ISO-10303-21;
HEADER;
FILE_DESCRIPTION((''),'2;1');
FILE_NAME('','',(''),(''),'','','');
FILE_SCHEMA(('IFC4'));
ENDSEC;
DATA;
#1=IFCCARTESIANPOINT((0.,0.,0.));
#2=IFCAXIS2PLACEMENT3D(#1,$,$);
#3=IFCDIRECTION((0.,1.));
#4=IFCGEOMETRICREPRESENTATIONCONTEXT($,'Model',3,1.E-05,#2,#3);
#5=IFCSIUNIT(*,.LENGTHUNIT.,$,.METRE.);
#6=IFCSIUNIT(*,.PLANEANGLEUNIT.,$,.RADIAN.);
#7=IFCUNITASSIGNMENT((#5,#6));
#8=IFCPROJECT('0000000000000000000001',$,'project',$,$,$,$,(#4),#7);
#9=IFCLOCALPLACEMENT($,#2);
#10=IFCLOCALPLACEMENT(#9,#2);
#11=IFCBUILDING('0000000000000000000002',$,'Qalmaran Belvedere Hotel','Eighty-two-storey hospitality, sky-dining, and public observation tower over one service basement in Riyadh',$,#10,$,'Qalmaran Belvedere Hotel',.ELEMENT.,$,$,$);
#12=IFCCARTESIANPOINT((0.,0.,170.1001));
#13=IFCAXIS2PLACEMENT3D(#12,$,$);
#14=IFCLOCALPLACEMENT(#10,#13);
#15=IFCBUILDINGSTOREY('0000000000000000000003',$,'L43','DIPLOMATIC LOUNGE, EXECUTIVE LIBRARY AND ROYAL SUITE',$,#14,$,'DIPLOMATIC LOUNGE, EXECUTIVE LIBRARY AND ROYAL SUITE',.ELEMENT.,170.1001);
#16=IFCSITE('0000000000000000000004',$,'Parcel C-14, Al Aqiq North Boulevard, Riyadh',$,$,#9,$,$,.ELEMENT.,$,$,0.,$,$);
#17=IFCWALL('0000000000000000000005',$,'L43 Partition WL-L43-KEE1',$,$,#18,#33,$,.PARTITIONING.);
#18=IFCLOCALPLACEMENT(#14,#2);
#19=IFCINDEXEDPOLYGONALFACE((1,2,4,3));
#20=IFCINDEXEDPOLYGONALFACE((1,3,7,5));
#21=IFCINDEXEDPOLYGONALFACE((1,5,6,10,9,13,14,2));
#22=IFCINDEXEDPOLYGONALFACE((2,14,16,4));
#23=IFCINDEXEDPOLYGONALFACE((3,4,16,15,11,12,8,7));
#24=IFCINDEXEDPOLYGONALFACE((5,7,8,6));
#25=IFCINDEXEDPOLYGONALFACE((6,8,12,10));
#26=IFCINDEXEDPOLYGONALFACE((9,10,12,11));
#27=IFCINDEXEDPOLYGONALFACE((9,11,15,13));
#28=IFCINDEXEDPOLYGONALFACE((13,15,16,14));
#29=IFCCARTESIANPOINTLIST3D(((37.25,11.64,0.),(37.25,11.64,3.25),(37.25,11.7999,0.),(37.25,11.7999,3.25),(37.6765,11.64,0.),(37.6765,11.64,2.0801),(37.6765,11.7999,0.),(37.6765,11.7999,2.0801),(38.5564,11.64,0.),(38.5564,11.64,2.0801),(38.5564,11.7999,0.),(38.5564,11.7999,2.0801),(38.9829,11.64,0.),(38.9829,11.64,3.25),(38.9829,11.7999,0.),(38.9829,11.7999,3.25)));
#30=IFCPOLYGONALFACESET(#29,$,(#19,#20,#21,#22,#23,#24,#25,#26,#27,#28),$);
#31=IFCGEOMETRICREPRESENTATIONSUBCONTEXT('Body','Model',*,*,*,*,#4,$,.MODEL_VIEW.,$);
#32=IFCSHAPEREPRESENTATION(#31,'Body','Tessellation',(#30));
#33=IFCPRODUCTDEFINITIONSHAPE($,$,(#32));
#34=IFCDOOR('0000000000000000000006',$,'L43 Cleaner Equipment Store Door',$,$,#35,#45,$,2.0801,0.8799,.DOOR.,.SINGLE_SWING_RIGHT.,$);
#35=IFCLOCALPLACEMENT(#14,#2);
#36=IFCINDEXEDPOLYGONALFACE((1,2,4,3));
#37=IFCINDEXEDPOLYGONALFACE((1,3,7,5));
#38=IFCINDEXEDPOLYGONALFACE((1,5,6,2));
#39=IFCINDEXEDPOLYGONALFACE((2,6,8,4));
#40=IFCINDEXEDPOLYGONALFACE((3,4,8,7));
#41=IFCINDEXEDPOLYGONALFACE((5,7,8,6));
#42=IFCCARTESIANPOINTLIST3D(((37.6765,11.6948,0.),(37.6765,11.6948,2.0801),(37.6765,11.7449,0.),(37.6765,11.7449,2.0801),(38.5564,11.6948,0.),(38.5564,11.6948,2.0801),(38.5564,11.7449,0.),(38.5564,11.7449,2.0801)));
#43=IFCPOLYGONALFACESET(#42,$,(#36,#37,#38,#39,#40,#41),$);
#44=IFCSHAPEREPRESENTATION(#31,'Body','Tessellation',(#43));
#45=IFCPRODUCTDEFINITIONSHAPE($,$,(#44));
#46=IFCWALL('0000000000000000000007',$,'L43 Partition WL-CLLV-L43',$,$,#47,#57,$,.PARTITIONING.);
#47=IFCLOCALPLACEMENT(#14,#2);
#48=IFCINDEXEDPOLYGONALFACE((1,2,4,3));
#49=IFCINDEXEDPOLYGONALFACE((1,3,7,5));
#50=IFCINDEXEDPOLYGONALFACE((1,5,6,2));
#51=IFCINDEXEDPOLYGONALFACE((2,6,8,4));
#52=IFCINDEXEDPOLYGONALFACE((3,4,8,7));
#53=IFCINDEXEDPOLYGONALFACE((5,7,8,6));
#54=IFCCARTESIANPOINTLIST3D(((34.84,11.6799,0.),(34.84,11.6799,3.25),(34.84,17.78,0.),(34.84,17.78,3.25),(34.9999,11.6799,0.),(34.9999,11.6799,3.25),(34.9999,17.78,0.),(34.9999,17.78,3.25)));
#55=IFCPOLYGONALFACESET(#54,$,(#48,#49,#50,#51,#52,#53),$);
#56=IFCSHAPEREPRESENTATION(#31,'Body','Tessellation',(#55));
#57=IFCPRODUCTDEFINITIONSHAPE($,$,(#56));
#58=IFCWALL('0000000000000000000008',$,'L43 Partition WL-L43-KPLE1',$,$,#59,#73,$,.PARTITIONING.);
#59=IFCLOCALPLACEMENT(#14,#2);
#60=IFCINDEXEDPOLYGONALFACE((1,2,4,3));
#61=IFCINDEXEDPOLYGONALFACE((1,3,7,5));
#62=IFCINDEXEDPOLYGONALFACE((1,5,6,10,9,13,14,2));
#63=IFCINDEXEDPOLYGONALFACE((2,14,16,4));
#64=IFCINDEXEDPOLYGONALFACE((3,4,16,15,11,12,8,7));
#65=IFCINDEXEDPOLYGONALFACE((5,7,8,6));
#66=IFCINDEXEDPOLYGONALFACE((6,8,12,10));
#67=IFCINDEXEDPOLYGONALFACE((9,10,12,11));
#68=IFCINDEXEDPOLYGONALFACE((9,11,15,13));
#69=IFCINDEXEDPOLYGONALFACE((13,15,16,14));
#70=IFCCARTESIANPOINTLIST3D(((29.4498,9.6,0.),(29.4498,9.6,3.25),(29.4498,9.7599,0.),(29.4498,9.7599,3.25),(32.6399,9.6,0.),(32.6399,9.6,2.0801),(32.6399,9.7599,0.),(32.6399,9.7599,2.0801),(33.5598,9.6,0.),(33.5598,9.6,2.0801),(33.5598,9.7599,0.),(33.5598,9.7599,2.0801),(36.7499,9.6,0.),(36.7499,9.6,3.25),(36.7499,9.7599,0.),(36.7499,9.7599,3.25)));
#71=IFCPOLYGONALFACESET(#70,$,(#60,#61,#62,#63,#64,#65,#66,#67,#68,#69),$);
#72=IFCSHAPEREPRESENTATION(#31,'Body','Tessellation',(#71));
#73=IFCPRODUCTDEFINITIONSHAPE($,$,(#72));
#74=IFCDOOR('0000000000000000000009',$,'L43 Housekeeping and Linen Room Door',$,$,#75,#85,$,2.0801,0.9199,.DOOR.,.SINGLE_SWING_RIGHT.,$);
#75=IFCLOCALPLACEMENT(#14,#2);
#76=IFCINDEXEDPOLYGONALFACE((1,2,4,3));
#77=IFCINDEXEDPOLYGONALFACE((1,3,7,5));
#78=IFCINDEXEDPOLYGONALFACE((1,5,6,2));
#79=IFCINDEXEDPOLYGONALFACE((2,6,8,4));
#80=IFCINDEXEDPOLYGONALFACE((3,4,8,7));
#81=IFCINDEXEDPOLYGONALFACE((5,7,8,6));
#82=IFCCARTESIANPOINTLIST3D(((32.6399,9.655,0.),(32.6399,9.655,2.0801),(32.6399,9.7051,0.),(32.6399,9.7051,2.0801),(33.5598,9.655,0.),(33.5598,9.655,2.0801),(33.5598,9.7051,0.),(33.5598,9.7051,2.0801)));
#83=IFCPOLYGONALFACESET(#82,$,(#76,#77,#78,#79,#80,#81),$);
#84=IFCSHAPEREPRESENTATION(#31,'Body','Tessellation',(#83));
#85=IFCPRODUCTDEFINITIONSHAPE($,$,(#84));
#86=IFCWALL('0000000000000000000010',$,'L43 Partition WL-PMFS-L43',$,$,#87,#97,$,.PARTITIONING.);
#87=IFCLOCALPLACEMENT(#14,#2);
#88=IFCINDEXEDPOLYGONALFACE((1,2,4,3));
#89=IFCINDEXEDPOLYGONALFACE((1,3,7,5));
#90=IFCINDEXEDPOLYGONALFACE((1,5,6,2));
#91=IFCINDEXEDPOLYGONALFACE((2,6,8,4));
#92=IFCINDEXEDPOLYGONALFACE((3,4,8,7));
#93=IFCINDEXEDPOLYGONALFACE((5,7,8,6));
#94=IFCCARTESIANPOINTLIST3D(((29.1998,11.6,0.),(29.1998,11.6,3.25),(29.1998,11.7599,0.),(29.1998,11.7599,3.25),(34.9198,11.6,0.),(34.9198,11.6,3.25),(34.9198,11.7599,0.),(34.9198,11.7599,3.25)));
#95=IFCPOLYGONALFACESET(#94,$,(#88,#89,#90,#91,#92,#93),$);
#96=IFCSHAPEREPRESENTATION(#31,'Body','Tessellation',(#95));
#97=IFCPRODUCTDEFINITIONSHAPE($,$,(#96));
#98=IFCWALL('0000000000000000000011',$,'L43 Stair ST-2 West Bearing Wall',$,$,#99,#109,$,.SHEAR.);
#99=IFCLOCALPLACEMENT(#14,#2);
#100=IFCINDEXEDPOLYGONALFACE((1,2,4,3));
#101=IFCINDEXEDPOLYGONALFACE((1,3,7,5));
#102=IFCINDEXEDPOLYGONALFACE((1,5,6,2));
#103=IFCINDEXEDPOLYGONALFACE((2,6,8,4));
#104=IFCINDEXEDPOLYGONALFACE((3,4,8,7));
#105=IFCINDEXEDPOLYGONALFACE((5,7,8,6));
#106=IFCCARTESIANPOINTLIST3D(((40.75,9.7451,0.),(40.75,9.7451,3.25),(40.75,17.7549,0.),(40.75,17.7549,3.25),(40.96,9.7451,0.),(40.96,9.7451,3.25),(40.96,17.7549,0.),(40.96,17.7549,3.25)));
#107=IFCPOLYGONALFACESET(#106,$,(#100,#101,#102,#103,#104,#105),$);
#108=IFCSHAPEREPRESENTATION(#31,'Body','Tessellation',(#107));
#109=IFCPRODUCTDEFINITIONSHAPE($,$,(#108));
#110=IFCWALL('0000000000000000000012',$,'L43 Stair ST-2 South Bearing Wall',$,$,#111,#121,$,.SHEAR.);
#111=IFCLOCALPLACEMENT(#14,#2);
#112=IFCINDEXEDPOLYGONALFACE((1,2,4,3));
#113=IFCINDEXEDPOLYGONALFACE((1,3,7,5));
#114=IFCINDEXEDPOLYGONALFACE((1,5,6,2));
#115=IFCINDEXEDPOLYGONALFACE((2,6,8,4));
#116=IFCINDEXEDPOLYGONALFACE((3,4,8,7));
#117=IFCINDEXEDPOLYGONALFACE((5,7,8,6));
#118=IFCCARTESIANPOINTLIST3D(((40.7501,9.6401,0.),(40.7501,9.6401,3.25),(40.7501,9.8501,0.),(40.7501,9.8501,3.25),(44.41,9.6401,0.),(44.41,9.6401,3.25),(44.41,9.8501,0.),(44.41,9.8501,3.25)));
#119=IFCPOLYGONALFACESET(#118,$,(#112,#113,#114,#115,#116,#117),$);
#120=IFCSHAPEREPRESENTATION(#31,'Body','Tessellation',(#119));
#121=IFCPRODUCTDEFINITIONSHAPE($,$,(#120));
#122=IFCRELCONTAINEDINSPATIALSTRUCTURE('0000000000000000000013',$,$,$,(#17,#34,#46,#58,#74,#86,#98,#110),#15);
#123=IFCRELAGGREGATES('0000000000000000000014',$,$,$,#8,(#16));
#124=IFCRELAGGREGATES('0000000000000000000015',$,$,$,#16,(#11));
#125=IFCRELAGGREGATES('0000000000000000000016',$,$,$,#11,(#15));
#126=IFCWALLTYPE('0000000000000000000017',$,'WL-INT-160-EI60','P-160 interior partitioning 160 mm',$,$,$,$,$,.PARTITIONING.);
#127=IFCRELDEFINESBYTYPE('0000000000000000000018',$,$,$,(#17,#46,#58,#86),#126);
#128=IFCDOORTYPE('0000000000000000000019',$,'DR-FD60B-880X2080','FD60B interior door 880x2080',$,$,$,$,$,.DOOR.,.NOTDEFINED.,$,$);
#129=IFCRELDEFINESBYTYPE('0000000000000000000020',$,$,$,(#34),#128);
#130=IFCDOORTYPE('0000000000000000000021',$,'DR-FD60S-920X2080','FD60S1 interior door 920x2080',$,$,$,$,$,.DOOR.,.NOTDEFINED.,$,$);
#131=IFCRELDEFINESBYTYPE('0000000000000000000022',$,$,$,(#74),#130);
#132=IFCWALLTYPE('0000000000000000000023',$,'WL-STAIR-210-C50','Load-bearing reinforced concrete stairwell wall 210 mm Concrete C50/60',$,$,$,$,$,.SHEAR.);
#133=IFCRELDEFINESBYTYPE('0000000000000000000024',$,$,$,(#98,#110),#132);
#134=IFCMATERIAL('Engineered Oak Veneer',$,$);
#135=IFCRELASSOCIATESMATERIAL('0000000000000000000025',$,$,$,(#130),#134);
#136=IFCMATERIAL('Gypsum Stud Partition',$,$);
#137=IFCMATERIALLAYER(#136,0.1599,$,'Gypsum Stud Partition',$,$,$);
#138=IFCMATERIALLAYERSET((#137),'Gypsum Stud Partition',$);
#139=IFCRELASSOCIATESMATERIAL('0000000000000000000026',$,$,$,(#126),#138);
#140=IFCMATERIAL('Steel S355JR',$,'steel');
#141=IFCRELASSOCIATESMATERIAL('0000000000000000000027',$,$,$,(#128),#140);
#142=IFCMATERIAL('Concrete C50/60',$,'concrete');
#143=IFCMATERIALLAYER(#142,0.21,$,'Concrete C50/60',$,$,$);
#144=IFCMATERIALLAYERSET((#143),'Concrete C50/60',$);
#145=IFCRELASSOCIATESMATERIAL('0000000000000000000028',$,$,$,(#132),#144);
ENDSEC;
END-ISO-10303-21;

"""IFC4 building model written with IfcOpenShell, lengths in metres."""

from ifc_helpers import new_model, si_unit, direction, frame, frame_2d, origin, place, context, subcontext, project, spatial, rectangle, extrude, material, layer, layer_set, type_object, element, fill, save


model = new_model("IFC4")

# Units and contexts
model_context = context("Model", 3, precision=1e-05, world=origin(), true_north=direction((0.0, 1.0)))
body_context = subcontext(model_context, "Body", "Model", "MODEL_VIEW")
ifc_project = project(units=[si_unit("LENGTHUNIT", "METRE"), si_unit("PLANEANGLEUNIT", "RADIAN")], contexts=[model_context])

# Site, building, storey
site_placement = place(None, origin())
site = spatial("IfcSite", under=ifc_project, at=site_placement, Name="Parcel C-14, Al Aqiq North Boulevard, Riyadh", CompositionType="ELEMENT", RefElevation=0.0)
building_placement = place(site_placement, origin())
building = spatial("IfcBuilding", under=site, at=building_placement, Name="Qalmaran Belvedere Hotel", Description="Eighty-two-storey hospitality, sky-dining, and public observation tower over one service basement in Riyadh", LongName="Qalmaran Belvedere Hotel", CompositionType="ELEMENT")
storey_placement = place(building_placement, frame((0.0, 0.0, 170.1001)))
storey = spatial("IfcBuildingStorey", under=building, at=storey_placement, Name="L43", Description="DIPLOMATIC LOUNGE, EXECUTIVE LIBRARY AND ROYAL SUITE", LongName="DIPLOMATIC LOUNGE, EXECUTIVE LIBRARY AND ROYAL SUITE", CompositionType="ELEMENT", Elevation=170.1001)

# Shared definitions
ifc_material_1 = material(Name="Concrete C50/60", Category="concrete")

# Shared definitions
ifc_material_2 = material(Name="Steel S355JR", Category="steel")

# Shared definitions
ifc_material_3 = material(Name="Gypsum Stud Partition")

# Wall, opening, door
ifc_material_4 = material(Name="Engineered Oak Veneer")
door_type_1 = type_object("IfcDoorType", Name="DR-FD60S-920X2080", Description="FD60S1 interior door 920x2080", OperationType="NOTDEFINED", PredefinedType="DOOR", material=ifc_material_4)
ifc_layer_1 = layer(ifc_material_3, 0.1599, Name="Gypsum Stud Partition")
ifc_layer_set_1 = layer_set([ifc_layer_1], Name="Gypsum Stud Partition")
wall_type_1 = type_object("IfcWallType", Name="WL-INT-160-EI60", Description="P-160 interior partitioning 160 mm", PredefinedType="PARTITIONING", material=ifc_layer_set_1)
wall_1_placement = place(storey_placement, frame((37.25, 11.72, 0.0), z_axis=(0.0, 0.0, 1.0), x_axis=(1.0, 0.0, 0.0)))
wall_1 = element("IfcWall", 1, at=wall_1_placement, inside=storey, type_object=wall_type_1, Name="L43 Partition WL-L43-KEE1", PredefinedType="PARTITIONING", context=body_context, shape_type="SweptSolid", body=[
    extrude(rectangle(XDim=1.7329, YDim=0.1599, at=frame_2d((0.8665, 0.0))), origin(), (0.0, 0.0, 1.0), 3.25),
])
opening_1_placement = place(wall_1_placement, frame((0.4265, 0.0, 0.0)))
opening_1 = element("IfcOpeningElement", 2, at=opening_1_placement, cuts=wall_1, PredefinedType="OPENING", context=body_context, shape_type="SweptSolid", body=[
    extrude(rectangle(XDim=0.8799, YDim=2.0801, at=frame_2d((0.4399, 1.04))), frame((0.0, 0.0898, 0.0), z_axis=(0.0, -1.0, 0.0), x_axis=(1.0, 0.0, 0.0)), (0.0, 0.0, 1.0), 0.1799),
])
door_type_2 = type_object("IfcDoorType", Name="DR-FD60B-880X2080", Description="FD60B interior door 880x2080", OperationType="NOTDEFINED", PredefinedType="DOOR", material=ifc_material_2)
door_1_placement = place(opening_1_placement, origin())
door_1 = element("IfcDoor", 3, at=door_1_placement, inside=storey, type_object=door_type_2, Name="L43 Cleaner Equipment Store Door", OperationType="SINGLE_SWING_RIGHT", OverallHeight=2.0801, OverallWidth=0.8799, PredefinedType="DOOR", context=body_context, shape_type="SweptSolid", body=[
    extrude(rectangle(XDim=0.8799, YDim=2.0801, at=frame_2d((0.4399, 1.04))), frame((0.0, 0.0249, 0.0), z_axis=(0.0, -1.0, 0.0), x_axis=(1.0, 0.0, 0.0)), (0.0, 0.0, 1.0), 0.05),
])
fill(opening_1, door_1)

# Wall
wall_2_placement = place(storey_placement, frame((34.9199, 11.6799, 0.0), z_axis=(0.0, 0.0, 1.0), x_axis=(0.0, 1.0, 0.0)))
element("IfcWall", 4, at=wall_2_placement, inside=storey, type_object=wall_type_1, Name="L43 Partition WL-CLLV-L43", PredefinedType="PARTITIONING", context=body_context, shape_type="SweptSolid", body=[
    extrude(rectangle(XDim=6.1001, YDim=0.1599, at=frame_2d((3.05, 0.0))), origin(), (0.0, 0.0, 1.0), 3.25),
])

# Wall, opening, door
wall_3_placement = place(storey_placement, frame((29.45, 9.6799, 0.0), z_axis=(0.0, 0.0, 1.0), x_axis=(1.0, 0.0, 0.0)))
wall_3 = element("IfcWall", 5, at=wall_3_placement, inside=storey, type_object=wall_type_1, Name="L43 Partition WL-L43-KPLE1", PredefinedType="PARTITIONING", context=body_context, shape_type="SweptSolid", body=[
    extrude(rectangle(XDim=7.3, YDim=0.1599, at=frame_2d((3.6499, 0.0))), origin(), (0.0, 0.0, 1.0), 3.25),
])
opening_2_placement = place(wall_3_placement, frame((4.1099, 0.0, 0.0), z_axis=(0.0, 0.0, 1.0), x_axis=(-1.0, 0.0, 0.0)))
opening_2 = element("IfcOpeningElement", 6, at=opening_2_placement, cuts=wall_3, PredefinedType="OPENING", context=body_context, shape_type="SweptSolid", body=[
    extrude(rectangle(XDim=0.9199, YDim=2.0801, at=frame_2d((0.46, 1.04))), frame((0.0, 0.0898, 0.0), z_axis=(0.0, -1.0, 0.0), x_axis=(1.0, 0.0, 0.0)), (0.0, 0.0, 1.0), 0.1799),
])
door_2_placement = place(opening_2_placement, origin())
door_2 = element("IfcDoor", 7, at=door_2_placement, inside=storey, type_object=door_type_1, Name="L43 Housekeeping and Linen Room Door", OperationType="SINGLE_SWING_RIGHT", OverallHeight=2.0801, OverallWidth=0.9199, PredefinedType="DOOR", context=body_context, shape_type="SweptSolid", body=[
    extrude(rectangle(XDim=0.9199, YDim=2.0801, at=frame_2d((0.46, 1.04))), frame((0.0, 0.0249, 0.0), z_axis=(0.0, -1.0, 0.0), x_axis=(1.0, 0.0, 0.0)), (0.0, 0.0, 1.0), 0.05),
])
fill(opening_2, door_2)

# Walls
wall_4_placement = place(storey_placement, frame((29.2, 11.6799, 0.0), z_axis=(0.0, 0.0, 1.0), x_axis=(1.0, 0.0, 0.0)))
element("IfcWall", 8, at=wall_4_placement, inside=storey, type_object=wall_type_1, Name="L43 Partition WL-PMFS-L43", PredefinedType="PARTITIONING", context=body_context, shape_type="SweptSolid", body=[
    extrude(rectangle(XDim=5.72, YDim=0.1599, at=frame_2d((2.8599, 0.0))), origin(), (0.0, 0.0, 1.0), 3.25),
])
ifc_layer_2 = layer(ifc_material_1, 0.21, Name="Concrete C50/60")
ifc_layer_set_2 = layer_set([ifc_layer_2], Name="Concrete C50/60")
wall_type_2 = type_object("IfcWallType", Name="WL-STAIR-210-C50", Description="Load-bearing reinforced concrete stairwell wall 210 mm Concrete C50/60", PredefinedType="SHEAR", material=ifc_layer_set_2)
wall_5_placement = place(storey_placement, frame((40.855, 9.7451, 0.0), z_axis=(0.0, 0.0, 1.0), x_axis=(0.0, 1.0, 0.0)))
element("IfcWall", 9, at=wall_5_placement, inside=storey, type_object=wall_type_2, Name="L43 Stair ST-2 West Bearing Wall", PredefinedType="SHEAR", context=body_context, shape_type="SweptSolid", body=[
    extrude(rectangle(XDim=8.0098, YDim=0.21, at=frame_2d((4.0049, 0.0))), origin(), (0.0, 0.0, 1.0), 3.25),
])
wall_6_placement = place(storey_placement, frame((40.75, 9.7451, 0.0), z_axis=(0.0, 0.0, 1.0), x_axis=(1.0, 0.0, 0.0)))
element("IfcWall", 10, at=wall_6_placement, inside=storey, type_object=wall_type_2, Name="L43 Stair ST-2 South Bearing Wall", PredefinedType="SHEAR", context=body_context, shape_type="SweptSolid", body=[
    extrude(rectangle(XDim=3.6599, YDim=0.21, at=frame_2d((1.8301, 0.0))), origin(), (0.0, 0.0, 1.0), 3.25),
])

save(model, "model.ifc")
